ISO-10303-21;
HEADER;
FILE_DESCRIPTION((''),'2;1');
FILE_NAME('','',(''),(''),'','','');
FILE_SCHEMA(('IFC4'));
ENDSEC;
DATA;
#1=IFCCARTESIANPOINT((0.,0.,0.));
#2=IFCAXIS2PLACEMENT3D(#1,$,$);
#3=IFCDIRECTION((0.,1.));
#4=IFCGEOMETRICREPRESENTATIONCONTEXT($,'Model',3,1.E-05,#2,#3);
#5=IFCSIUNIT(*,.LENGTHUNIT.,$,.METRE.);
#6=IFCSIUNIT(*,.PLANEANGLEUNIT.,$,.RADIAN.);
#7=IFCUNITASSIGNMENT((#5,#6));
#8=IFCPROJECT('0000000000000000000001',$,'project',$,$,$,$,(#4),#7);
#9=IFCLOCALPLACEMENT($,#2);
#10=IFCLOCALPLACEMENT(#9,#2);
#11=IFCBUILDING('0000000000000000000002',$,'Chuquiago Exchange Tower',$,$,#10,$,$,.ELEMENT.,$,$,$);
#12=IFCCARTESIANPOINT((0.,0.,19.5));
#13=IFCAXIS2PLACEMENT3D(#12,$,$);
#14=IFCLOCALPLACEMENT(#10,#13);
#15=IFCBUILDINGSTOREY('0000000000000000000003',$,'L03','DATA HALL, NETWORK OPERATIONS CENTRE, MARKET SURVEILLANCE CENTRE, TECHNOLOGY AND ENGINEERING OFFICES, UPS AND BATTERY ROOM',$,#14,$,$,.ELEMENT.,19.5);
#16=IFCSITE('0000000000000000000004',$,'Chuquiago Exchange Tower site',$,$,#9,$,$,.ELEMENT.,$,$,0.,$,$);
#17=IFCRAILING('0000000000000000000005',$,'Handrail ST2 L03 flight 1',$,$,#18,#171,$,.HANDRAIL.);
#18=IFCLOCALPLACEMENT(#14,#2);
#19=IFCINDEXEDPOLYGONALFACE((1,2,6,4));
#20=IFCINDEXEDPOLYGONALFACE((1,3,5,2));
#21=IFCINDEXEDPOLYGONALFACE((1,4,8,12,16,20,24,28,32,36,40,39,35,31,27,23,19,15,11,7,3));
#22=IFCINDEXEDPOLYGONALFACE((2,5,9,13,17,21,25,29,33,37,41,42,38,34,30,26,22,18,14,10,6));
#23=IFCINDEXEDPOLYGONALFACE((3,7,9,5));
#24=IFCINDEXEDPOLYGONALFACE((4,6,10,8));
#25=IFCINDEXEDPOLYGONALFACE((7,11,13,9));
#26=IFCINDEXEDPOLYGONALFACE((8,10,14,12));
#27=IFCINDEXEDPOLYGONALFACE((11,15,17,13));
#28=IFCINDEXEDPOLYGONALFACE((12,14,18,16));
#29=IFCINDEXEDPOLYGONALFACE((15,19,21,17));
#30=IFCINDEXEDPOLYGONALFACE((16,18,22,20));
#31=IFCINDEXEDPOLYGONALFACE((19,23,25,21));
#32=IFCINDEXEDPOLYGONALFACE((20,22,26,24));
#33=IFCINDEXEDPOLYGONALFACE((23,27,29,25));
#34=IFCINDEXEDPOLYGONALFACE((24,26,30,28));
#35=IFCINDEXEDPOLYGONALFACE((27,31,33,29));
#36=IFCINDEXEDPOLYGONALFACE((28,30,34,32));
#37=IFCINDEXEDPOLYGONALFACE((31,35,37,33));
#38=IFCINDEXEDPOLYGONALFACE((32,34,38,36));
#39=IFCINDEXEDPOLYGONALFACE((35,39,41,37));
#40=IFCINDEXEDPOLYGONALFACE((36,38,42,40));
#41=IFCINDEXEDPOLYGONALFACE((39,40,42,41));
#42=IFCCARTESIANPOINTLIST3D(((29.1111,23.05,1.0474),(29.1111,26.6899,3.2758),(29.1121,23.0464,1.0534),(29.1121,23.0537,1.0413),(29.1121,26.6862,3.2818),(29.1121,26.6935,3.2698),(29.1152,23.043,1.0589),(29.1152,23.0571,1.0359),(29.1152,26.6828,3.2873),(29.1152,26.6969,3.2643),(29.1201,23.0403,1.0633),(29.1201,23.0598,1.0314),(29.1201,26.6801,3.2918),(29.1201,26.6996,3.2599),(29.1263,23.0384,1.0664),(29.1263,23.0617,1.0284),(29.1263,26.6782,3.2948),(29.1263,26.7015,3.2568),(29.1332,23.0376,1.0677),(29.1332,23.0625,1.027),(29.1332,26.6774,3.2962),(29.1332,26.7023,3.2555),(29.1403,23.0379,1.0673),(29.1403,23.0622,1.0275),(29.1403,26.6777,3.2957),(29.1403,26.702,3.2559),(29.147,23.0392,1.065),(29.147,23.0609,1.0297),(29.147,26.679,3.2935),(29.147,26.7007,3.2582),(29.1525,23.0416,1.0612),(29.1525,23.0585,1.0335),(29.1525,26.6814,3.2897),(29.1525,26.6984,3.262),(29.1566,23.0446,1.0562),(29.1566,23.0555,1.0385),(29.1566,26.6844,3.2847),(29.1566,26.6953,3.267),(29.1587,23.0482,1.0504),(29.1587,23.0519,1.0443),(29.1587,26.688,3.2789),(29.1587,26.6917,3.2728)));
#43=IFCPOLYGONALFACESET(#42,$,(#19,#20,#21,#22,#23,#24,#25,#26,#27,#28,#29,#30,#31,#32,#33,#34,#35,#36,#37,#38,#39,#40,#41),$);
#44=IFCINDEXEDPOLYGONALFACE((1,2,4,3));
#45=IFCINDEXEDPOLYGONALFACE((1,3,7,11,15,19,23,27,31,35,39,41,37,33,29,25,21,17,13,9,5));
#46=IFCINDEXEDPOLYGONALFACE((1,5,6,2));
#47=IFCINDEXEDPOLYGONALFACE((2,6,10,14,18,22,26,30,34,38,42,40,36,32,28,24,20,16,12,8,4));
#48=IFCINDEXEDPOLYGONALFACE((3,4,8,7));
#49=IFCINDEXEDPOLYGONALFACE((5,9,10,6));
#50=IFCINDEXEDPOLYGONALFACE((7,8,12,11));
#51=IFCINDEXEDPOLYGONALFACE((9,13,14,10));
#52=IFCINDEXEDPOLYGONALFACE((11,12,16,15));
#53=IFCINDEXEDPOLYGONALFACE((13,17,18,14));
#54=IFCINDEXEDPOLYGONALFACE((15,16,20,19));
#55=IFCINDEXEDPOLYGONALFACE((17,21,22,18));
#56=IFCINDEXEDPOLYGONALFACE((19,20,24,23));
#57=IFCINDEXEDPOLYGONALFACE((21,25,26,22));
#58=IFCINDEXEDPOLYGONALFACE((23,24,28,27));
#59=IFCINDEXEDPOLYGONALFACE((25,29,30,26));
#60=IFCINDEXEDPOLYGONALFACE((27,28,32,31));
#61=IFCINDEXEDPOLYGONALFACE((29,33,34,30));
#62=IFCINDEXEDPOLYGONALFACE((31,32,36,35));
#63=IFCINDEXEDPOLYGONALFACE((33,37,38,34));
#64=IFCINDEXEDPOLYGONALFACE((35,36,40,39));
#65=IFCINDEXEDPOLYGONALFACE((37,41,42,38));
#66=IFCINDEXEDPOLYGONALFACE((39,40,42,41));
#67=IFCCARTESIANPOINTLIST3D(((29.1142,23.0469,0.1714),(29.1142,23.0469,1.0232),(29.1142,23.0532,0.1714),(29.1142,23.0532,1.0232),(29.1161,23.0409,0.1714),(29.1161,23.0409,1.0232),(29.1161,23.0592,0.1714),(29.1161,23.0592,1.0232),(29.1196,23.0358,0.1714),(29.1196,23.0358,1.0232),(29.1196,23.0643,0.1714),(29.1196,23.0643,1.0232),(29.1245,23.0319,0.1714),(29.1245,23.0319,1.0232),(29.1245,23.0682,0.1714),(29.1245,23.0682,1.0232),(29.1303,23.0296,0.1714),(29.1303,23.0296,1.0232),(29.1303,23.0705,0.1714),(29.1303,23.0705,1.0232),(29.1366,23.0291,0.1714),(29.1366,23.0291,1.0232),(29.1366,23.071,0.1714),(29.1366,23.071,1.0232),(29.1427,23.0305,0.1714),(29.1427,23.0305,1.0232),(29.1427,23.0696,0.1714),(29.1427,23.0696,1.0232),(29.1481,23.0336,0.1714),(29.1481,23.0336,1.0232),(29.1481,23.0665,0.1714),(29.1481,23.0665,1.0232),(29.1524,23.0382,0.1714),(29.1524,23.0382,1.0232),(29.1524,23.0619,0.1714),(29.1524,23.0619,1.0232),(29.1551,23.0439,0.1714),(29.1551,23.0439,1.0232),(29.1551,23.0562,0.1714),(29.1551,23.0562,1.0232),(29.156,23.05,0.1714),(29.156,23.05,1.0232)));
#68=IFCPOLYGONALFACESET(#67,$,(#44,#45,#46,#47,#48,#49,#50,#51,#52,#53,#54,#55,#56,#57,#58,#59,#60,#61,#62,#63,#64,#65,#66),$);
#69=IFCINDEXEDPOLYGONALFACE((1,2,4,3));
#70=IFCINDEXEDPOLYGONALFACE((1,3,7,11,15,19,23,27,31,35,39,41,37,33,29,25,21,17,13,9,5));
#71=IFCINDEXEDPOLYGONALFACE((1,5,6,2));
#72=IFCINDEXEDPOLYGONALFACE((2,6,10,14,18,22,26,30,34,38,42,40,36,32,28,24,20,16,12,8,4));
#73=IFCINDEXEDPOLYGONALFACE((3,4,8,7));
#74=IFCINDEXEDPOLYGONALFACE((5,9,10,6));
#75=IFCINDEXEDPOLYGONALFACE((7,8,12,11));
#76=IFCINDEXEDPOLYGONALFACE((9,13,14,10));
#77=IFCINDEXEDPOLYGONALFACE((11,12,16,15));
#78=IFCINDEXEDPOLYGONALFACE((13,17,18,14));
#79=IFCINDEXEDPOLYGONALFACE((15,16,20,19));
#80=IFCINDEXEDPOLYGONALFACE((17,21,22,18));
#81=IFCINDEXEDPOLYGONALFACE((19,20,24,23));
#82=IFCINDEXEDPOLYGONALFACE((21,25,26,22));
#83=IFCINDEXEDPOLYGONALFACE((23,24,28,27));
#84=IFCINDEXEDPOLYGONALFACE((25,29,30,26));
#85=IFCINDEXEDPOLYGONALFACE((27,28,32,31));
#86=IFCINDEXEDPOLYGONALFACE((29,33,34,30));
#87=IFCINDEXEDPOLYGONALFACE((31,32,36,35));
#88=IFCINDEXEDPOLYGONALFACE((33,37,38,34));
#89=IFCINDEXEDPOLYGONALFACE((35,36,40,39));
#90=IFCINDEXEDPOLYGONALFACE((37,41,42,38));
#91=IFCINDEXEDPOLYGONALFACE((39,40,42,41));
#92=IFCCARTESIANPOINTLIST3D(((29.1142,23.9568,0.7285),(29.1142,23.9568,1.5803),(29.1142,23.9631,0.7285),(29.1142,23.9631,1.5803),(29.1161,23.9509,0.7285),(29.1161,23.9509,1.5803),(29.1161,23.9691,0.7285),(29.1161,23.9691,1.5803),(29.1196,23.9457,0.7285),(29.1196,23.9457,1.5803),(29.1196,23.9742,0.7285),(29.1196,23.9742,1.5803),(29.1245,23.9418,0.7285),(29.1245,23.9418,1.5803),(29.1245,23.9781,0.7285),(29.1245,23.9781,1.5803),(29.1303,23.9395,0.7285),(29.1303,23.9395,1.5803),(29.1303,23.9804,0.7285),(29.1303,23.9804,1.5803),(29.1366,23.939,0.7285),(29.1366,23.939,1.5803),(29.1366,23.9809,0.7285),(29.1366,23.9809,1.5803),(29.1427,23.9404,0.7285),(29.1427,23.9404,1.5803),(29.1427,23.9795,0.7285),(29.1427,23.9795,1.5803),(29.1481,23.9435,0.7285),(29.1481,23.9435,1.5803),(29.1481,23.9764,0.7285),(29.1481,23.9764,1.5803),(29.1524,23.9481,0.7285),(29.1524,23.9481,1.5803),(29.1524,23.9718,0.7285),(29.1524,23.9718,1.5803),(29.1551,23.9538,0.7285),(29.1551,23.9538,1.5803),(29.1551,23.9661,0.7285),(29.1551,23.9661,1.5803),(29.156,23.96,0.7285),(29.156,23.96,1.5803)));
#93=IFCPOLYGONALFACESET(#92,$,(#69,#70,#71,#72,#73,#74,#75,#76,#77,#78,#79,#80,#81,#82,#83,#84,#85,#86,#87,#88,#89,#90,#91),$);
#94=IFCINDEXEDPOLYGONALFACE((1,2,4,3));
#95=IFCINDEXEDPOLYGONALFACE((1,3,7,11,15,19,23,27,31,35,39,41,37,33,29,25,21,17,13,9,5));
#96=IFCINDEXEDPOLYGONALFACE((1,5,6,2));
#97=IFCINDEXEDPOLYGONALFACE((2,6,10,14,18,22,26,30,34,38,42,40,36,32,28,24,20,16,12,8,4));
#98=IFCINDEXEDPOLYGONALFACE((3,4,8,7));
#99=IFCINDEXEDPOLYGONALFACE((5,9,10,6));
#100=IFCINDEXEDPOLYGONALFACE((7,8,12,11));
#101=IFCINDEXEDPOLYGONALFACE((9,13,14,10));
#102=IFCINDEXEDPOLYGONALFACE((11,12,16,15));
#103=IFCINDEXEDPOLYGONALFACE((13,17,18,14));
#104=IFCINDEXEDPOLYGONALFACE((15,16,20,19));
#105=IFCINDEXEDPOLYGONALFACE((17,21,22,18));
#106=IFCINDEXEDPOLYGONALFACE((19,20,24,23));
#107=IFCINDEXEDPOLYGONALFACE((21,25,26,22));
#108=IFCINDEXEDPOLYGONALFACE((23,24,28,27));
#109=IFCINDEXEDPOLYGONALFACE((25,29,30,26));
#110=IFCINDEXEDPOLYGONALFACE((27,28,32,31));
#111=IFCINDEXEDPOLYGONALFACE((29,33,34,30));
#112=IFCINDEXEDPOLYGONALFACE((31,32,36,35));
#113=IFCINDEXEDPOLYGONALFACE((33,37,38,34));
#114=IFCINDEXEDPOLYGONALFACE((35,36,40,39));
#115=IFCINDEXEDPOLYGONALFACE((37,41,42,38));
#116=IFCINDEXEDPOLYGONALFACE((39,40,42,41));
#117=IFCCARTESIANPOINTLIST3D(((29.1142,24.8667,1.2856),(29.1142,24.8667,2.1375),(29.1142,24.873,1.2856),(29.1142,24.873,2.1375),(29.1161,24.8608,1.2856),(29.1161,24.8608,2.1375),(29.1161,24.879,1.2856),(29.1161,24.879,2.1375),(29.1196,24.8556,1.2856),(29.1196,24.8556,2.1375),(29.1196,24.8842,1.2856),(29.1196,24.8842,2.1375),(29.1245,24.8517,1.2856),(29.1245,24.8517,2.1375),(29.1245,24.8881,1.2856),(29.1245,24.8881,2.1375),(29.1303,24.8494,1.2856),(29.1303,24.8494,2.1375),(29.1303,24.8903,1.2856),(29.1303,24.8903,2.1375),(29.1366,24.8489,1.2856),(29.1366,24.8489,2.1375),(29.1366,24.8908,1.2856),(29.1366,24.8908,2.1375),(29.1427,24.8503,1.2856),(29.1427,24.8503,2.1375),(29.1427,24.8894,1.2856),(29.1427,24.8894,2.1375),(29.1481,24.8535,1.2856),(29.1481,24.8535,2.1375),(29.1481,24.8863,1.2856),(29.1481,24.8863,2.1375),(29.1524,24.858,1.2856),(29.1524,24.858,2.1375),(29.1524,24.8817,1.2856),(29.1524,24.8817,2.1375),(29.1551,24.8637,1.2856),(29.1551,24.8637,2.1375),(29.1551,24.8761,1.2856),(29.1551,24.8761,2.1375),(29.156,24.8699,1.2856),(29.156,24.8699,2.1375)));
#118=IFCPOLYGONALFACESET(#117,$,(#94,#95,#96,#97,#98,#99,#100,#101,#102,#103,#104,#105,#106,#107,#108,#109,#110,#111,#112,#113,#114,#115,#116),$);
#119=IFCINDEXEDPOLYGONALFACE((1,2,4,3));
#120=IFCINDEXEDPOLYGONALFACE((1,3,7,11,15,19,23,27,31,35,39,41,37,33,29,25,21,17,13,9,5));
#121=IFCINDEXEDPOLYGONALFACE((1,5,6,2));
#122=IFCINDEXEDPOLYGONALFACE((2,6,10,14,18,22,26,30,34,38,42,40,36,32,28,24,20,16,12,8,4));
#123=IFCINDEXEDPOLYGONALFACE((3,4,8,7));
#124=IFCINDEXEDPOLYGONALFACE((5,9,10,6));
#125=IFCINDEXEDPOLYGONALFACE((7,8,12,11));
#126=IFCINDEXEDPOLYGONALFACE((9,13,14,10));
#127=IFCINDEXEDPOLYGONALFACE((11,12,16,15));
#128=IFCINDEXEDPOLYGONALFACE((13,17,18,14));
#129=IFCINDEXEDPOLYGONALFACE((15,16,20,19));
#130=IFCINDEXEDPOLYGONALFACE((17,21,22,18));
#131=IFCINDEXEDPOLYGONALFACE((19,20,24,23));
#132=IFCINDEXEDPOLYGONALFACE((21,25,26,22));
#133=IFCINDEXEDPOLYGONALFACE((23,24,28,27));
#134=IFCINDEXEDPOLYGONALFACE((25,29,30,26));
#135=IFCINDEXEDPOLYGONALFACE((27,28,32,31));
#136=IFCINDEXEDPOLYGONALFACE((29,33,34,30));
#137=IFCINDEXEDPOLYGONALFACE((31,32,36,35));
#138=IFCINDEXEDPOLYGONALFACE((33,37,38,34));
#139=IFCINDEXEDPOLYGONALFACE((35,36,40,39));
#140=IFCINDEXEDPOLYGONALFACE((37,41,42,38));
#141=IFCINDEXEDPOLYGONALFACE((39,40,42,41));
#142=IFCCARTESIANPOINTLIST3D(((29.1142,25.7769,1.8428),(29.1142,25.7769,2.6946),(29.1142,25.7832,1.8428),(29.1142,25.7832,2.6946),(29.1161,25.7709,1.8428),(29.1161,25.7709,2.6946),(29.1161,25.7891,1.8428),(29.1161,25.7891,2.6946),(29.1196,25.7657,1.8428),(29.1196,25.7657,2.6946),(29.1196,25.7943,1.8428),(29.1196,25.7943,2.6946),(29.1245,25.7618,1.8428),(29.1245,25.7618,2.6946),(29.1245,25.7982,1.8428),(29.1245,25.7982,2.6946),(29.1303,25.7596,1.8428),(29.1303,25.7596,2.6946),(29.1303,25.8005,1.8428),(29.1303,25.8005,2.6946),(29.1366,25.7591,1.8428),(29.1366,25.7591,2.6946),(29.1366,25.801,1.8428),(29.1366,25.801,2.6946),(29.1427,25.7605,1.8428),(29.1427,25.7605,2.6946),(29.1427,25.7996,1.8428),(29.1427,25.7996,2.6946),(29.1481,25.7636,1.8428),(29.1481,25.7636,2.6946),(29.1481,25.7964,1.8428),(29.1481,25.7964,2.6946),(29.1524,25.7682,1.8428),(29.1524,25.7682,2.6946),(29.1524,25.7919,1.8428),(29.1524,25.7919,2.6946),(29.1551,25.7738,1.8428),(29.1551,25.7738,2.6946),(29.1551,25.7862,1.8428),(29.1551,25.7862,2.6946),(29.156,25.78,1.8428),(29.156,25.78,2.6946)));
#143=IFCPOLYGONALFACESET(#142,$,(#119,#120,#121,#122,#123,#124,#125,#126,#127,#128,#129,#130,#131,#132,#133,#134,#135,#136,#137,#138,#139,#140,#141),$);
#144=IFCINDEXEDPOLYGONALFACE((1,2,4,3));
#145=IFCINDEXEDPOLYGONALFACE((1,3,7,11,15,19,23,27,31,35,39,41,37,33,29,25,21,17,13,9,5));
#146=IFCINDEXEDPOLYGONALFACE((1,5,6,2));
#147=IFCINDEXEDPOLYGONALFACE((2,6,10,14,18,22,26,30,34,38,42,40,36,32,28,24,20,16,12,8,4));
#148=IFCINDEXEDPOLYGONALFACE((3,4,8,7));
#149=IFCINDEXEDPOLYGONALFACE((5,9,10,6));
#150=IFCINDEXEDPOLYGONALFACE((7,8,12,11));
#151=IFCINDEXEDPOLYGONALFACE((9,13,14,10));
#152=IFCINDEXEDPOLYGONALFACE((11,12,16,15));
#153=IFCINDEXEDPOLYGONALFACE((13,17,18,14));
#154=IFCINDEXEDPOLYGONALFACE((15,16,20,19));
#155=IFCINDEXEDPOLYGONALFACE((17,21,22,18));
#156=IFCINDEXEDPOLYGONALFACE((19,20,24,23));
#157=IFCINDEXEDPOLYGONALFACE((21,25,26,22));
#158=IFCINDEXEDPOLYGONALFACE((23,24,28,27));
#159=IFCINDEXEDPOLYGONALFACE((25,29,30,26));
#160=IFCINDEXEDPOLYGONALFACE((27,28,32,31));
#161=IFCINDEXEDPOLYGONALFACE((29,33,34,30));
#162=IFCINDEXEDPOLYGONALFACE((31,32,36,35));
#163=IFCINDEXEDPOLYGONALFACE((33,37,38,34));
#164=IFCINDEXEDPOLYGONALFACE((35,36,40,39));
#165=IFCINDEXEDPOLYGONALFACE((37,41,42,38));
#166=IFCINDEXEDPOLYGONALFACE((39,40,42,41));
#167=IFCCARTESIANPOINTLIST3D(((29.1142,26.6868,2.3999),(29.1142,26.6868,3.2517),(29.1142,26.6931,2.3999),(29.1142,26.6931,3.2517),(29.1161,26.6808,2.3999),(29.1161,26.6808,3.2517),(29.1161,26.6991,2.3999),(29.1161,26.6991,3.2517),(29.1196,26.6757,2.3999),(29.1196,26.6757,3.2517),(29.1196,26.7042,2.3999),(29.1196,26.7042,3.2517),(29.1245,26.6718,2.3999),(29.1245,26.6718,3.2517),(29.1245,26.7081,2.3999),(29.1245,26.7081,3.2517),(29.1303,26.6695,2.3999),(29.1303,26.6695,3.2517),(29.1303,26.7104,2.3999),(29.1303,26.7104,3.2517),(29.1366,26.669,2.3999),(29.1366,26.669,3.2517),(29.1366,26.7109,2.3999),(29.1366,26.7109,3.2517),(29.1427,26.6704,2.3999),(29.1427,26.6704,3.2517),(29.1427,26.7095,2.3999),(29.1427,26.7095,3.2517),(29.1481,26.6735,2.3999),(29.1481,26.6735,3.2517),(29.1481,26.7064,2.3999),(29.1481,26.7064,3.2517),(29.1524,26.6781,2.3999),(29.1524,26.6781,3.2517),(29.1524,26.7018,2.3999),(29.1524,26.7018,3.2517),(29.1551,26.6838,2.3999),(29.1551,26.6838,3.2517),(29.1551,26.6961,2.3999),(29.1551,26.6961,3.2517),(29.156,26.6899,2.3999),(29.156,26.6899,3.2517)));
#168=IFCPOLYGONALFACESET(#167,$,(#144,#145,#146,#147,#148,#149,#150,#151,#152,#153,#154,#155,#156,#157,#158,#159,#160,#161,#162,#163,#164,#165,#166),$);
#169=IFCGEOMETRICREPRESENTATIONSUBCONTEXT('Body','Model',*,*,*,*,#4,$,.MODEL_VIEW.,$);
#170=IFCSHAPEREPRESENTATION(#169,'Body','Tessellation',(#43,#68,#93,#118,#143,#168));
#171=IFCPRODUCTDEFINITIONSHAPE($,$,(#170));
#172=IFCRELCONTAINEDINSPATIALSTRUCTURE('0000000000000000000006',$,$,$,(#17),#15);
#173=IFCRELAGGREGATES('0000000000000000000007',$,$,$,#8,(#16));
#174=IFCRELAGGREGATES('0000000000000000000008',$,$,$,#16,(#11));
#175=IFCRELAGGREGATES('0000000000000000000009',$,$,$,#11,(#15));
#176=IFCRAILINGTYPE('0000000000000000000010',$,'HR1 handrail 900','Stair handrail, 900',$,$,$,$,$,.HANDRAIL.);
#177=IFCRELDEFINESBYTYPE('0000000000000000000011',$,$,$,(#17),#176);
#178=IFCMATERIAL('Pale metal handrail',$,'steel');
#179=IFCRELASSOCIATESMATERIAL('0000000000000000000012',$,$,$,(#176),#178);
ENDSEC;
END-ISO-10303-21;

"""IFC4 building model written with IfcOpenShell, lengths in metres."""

from ifc_helpers import new_model, si_unit, direction, frame, origin, origin_2d, place, context, subcontext, project, spatial, circle, extrude, material, type_object, element, save


model = new_model("IFC4")

# Units and contexts
model_context = context("Model", 3, precision=1e-05, world=origin(), true_north=direction((0.0, 1.0)))
body_context = subcontext(model_context, "Body", "Model", "MODEL_VIEW")
ifc_project = project(units=[si_unit("LENGTHUNIT", "METRE"), si_unit("PLANEANGLEUNIT", "RADIAN")], contexts=[model_context])

# Site, building, storey
site_placement = place(None, origin())
site = spatial("IfcSite", under=ifc_project, at=site_placement, Name="Chuquiago Exchange Tower site", CompositionType="ELEMENT", RefElevation=0.0)
building_placement = place(site_placement, origin())
building = spatial("IfcBuilding", under=site, at=building_placement, Name="Chuquiago Exchange Tower", CompositionType="ELEMENT")
storey_placement = place(building_placement, frame((0.0, 0.0, 19.5)))
storey = spatial("IfcBuildingStorey", under=building, at=storey_placement, Name="L03", Description="DATA HALL, NETWORK OPERATIONS CENTRE, MARKET SURVEILLANCE CENTRE, TECHNOLOGY AND ENGINEERING OFFICES, UPS AND BATTERY ROOM", CompositionType="ELEMENT", Elevation=19.5)

# Railing
ifc_material_1 = material(Name="Pale metal handrail", Category="steel")
railing_type = type_object("IfcRailingType", Name="HR1 handrail 900", Description="Stair handrail, 900", PredefinedType="HANDRAIL", material=ifc_material_1)
for number, where, name in (
    (1, (29.135, 23.05, 0.1714), "Handrail ST2 L03 flight 1"),
):
    element("IfcRailing", number, at=place(storey_placement, frame(where)), inside=storey, type_object=railing_type, Name=name, PredefinedType="HANDRAIL", context=body_context, shape_type="SweptSolid", body=[
        extrude(circle(Radius=0.0239, at=origin_2d()), frame((0.0, 0.0, 0.876), z_axis=(0.0, 0.85285, 0.522156), x_axis=(-1.0, 0.0, 0.0)), (0.0, 0.0, 1.0), 4.2678),
        extrude(circle(Radius=0.021, at=origin_2d()), origin(), (0.0, 0.0, 1.0), 0.8518),
        extrude(circle(Radius=0.021, at=origin_2d()), frame((0.0, 0.9099, 0.5571)), (0.0, 0.0, 1.0), 0.8518),
        extrude(circle(Radius=0.021, at=origin_2d()), frame((0.0, 1.8198, 1.1143)), (0.0, 0.0, 1.0), 0.8518),
        extrude(circle(Radius=0.021, at=origin_2d()), frame((0.0, 2.73, 1.6714)), (0.0, 0.0, 1.0), 0.8518),
        extrude(circle(Radius=0.021, at=origin_2d()), frame((0.0, 3.6399, 2.2285)), (0.0, 0.0, 1.0), 0.8518),
    ])

save(model, "model.ifc")
